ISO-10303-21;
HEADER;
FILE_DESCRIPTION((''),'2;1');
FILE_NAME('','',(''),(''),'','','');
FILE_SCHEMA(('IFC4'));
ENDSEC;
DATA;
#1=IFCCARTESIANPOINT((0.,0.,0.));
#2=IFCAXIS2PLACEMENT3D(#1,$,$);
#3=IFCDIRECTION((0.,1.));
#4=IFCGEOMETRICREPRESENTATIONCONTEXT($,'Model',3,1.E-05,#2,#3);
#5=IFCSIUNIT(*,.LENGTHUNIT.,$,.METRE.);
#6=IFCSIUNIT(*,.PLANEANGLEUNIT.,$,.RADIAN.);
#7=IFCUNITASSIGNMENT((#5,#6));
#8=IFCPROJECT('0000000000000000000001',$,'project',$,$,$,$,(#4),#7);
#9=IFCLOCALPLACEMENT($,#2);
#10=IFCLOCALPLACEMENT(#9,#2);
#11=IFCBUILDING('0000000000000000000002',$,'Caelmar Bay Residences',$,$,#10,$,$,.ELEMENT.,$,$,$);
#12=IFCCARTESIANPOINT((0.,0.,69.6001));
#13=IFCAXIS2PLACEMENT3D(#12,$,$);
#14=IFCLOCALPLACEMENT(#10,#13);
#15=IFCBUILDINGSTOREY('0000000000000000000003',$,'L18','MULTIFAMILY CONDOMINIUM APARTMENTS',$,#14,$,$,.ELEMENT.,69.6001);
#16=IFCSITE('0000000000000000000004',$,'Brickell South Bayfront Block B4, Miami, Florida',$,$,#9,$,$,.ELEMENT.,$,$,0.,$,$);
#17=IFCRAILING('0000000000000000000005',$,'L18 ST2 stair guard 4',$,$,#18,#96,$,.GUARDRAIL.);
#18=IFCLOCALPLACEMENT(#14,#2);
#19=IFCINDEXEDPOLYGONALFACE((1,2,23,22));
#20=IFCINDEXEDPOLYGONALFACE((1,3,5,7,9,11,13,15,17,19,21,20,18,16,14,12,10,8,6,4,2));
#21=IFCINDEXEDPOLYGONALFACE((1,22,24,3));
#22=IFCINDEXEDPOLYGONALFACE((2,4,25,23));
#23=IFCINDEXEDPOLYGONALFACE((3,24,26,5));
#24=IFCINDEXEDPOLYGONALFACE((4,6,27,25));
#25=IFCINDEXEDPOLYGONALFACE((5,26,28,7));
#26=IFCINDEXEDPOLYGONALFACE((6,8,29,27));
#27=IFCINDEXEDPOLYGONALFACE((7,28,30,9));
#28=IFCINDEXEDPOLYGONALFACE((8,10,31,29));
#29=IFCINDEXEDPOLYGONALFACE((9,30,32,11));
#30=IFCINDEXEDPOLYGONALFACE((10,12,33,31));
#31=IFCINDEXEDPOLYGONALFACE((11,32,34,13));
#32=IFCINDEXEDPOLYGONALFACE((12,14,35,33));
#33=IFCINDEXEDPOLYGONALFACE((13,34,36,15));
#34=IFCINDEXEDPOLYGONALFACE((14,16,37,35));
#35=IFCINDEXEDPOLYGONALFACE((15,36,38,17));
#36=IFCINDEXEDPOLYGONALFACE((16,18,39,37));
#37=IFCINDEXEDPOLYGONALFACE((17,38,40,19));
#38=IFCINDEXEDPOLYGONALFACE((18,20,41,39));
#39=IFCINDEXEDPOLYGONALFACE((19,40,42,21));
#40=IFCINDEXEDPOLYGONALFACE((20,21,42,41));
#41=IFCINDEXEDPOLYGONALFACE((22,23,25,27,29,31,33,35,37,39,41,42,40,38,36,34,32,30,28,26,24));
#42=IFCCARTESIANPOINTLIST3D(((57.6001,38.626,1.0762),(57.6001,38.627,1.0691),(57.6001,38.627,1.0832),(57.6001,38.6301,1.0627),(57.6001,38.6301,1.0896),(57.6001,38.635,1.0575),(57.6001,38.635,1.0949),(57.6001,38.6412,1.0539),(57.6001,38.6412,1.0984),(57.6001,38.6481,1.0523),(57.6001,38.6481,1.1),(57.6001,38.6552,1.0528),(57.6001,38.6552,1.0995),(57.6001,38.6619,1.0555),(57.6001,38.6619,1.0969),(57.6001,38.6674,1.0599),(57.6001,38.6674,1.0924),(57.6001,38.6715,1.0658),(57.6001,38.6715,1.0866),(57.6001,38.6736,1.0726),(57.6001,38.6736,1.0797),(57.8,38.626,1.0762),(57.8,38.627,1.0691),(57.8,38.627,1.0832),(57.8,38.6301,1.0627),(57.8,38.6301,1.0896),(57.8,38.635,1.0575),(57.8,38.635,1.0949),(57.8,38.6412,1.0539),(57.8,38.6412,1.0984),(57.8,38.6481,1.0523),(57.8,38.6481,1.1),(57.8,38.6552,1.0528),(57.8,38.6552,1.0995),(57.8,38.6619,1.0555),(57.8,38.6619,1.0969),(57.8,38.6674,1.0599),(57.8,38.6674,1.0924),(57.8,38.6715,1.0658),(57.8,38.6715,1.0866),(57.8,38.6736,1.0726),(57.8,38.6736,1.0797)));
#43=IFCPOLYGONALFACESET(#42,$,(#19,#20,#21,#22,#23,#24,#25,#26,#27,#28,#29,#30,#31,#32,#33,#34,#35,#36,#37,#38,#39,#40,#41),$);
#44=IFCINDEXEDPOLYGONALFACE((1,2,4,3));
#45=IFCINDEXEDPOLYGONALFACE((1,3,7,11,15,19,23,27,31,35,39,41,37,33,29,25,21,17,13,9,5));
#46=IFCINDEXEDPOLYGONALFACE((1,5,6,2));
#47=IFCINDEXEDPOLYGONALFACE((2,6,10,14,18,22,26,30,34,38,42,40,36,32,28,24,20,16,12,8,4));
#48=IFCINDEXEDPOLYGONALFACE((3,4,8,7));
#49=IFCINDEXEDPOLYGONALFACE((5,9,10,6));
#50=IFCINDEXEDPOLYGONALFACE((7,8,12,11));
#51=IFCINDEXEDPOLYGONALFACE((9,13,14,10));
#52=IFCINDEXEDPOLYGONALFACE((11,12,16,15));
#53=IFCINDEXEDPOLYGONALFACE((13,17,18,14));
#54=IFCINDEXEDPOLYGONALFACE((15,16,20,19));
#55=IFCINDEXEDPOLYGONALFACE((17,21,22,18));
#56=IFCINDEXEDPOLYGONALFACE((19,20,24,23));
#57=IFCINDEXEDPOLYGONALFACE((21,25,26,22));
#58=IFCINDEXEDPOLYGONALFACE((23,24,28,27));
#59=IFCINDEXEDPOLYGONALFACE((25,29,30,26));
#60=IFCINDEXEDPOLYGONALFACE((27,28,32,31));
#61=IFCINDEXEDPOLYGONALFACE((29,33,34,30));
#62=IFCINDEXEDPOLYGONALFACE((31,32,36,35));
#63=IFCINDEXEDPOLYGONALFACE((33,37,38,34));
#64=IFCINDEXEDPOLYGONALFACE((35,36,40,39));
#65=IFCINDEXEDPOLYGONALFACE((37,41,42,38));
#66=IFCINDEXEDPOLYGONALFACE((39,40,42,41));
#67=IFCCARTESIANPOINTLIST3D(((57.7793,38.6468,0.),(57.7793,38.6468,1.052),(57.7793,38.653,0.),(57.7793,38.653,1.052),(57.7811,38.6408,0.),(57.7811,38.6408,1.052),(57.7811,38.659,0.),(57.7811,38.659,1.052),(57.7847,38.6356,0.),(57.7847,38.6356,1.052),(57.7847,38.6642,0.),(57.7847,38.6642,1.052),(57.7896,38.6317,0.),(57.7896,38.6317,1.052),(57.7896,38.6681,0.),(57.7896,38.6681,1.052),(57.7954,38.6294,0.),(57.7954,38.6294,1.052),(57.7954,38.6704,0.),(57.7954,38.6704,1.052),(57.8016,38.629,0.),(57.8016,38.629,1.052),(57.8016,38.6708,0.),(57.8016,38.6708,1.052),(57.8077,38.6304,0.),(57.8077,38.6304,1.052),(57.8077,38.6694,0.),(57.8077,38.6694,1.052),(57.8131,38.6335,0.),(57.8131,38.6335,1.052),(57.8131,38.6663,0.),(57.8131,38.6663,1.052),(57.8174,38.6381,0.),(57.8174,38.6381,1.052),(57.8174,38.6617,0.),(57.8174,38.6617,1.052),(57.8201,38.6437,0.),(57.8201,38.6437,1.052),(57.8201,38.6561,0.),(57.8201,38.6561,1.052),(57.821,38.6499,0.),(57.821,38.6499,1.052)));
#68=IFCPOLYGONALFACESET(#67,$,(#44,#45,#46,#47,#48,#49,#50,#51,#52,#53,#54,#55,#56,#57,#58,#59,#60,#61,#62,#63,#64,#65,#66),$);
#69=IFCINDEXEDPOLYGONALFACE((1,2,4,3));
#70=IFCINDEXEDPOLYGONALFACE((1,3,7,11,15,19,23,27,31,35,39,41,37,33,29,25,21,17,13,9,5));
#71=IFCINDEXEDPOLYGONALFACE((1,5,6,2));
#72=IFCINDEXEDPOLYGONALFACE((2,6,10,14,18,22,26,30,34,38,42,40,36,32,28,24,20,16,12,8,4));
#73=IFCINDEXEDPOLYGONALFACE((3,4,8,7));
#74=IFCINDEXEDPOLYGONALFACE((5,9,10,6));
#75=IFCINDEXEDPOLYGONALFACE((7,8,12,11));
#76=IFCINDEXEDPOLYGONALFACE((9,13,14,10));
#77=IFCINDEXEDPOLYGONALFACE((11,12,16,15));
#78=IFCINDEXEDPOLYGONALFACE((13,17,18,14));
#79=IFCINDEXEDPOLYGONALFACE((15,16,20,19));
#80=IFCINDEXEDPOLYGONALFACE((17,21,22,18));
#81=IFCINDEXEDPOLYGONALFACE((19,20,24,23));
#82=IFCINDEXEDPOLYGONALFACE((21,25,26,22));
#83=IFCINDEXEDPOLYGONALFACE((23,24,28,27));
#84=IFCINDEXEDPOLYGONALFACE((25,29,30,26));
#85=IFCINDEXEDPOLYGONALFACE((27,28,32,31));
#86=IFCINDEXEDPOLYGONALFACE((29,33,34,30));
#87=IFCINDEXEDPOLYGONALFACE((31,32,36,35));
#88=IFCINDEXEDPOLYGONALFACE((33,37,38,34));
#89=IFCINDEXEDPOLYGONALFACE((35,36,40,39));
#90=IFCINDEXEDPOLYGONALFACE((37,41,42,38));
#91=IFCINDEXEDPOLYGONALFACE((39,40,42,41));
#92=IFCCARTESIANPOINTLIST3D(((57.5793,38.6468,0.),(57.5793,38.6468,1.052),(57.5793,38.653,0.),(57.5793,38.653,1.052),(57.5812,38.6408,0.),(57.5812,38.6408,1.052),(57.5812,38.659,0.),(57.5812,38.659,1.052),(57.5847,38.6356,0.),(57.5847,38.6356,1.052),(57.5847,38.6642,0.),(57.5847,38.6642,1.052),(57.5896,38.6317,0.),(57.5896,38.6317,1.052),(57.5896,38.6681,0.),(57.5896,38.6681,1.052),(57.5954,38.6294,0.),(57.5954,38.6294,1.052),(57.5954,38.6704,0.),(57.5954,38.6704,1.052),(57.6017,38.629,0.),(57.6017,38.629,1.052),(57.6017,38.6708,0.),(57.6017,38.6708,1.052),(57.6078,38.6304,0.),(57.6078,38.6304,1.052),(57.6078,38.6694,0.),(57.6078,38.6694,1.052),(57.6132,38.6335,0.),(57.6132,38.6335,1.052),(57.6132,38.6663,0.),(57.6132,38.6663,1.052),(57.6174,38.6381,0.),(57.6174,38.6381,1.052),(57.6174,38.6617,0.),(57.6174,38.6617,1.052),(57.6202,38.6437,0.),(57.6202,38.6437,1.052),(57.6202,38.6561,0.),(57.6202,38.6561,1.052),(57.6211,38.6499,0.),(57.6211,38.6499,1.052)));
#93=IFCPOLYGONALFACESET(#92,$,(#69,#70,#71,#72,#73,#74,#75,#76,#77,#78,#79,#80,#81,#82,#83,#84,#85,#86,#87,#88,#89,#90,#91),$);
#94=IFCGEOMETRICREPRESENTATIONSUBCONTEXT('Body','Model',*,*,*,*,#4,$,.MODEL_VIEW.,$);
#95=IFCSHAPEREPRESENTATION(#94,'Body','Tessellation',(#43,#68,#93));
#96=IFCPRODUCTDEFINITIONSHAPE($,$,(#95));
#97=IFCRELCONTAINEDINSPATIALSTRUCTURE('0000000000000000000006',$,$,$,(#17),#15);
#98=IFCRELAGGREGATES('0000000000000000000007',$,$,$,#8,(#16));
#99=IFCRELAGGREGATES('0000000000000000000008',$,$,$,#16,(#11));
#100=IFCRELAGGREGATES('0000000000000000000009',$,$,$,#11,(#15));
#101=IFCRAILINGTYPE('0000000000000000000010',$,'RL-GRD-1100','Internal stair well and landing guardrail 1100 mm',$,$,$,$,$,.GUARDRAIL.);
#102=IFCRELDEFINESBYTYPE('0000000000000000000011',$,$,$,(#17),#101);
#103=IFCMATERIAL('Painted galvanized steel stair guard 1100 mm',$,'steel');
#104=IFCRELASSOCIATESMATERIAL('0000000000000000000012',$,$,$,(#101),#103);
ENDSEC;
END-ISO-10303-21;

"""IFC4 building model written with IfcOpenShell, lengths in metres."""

from ifc_helpers import new_model, si_unit, direction, frame, origin, origin_2d, place, context, subcontext, project, spatial, circle, extrude, material, type_object, element, save


model = new_model("IFC4")

# Units and contexts
model_context = context("Model", 3, precision=1e-05, world=origin(), true_north=direction((0.0, 1.0)))
body_context = subcontext(model_context, "Body", "Model", "MODEL_VIEW")
ifc_project = project(units=[si_unit("LENGTHUNIT", "METRE"), si_unit("PLANEANGLEUNIT", "RADIAN")], contexts=[model_context])

# Site, building, storey
site_placement = place(None, origin())
site = spatial("IfcSite", under=ifc_project, at=site_placement, Name="Brickell South Bayfront Block B4, Miami, Florida", CompositionType="ELEMENT", RefElevation=0.0)
building_placement = place(site_placement, origin())
building = spatial("IfcBuilding", under=site, at=building_placement, Name="Caelmar Bay Residences", CompositionType="ELEMENT")
storey_placement = place(building_placement, frame((0.0, 0.0, 69.6001)))
storey = spatial("IfcBuildingStorey", under=building, at=storey_placement, Name="L18", Description="MULTIFAMILY CONDOMINIUM APARTMENTS", CompositionType="ELEMENT", Elevation=69.6001)

# Railing
ifc_material_1 = material(Name="Painted galvanized steel stair guard 1100 mm", Category="steel")
railing_type_1 = type_object("IfcRailingType", Name="RL-GRD-1100", Description="Internal stair well and landing guardrail 1100 mm", PredefinedType="GUARDRAIL", material=ifc_material_1)
railing_1_placement = place(storey_placement, frame((57.8, 38.6499, 0.0)))
element("IfcRailing", 1, at=railing_1_placement, inside=storey, type_object=railing_type_1, Name="L18 ST2 stair guard 4", PredefinedType="GUARDRAIL", context=body_context, shape_type="SweptSolid", body=[
    extrude(circle(Radius=0.0239, at=origin_2d()), frame((0.0, 0.0, 1.0762), z_axis=(-1.0, 0.0, 0.0), x_axis=(0.0, -1.0, 0.0)), (0.0, 0.0, 1.0), 0.2),
    extrude(circle(Radius=0.021, at=origin_2d()), origin(), (0.0, 0.0, 1.0), 1.052),
    extrude(circle(Radius=0.021, at=origin_2d()), frame((-0.2, 0.0, 0.0)), (0.0, 0.0, 1.0), 1.052),
])

save(model, "model.ifc")
